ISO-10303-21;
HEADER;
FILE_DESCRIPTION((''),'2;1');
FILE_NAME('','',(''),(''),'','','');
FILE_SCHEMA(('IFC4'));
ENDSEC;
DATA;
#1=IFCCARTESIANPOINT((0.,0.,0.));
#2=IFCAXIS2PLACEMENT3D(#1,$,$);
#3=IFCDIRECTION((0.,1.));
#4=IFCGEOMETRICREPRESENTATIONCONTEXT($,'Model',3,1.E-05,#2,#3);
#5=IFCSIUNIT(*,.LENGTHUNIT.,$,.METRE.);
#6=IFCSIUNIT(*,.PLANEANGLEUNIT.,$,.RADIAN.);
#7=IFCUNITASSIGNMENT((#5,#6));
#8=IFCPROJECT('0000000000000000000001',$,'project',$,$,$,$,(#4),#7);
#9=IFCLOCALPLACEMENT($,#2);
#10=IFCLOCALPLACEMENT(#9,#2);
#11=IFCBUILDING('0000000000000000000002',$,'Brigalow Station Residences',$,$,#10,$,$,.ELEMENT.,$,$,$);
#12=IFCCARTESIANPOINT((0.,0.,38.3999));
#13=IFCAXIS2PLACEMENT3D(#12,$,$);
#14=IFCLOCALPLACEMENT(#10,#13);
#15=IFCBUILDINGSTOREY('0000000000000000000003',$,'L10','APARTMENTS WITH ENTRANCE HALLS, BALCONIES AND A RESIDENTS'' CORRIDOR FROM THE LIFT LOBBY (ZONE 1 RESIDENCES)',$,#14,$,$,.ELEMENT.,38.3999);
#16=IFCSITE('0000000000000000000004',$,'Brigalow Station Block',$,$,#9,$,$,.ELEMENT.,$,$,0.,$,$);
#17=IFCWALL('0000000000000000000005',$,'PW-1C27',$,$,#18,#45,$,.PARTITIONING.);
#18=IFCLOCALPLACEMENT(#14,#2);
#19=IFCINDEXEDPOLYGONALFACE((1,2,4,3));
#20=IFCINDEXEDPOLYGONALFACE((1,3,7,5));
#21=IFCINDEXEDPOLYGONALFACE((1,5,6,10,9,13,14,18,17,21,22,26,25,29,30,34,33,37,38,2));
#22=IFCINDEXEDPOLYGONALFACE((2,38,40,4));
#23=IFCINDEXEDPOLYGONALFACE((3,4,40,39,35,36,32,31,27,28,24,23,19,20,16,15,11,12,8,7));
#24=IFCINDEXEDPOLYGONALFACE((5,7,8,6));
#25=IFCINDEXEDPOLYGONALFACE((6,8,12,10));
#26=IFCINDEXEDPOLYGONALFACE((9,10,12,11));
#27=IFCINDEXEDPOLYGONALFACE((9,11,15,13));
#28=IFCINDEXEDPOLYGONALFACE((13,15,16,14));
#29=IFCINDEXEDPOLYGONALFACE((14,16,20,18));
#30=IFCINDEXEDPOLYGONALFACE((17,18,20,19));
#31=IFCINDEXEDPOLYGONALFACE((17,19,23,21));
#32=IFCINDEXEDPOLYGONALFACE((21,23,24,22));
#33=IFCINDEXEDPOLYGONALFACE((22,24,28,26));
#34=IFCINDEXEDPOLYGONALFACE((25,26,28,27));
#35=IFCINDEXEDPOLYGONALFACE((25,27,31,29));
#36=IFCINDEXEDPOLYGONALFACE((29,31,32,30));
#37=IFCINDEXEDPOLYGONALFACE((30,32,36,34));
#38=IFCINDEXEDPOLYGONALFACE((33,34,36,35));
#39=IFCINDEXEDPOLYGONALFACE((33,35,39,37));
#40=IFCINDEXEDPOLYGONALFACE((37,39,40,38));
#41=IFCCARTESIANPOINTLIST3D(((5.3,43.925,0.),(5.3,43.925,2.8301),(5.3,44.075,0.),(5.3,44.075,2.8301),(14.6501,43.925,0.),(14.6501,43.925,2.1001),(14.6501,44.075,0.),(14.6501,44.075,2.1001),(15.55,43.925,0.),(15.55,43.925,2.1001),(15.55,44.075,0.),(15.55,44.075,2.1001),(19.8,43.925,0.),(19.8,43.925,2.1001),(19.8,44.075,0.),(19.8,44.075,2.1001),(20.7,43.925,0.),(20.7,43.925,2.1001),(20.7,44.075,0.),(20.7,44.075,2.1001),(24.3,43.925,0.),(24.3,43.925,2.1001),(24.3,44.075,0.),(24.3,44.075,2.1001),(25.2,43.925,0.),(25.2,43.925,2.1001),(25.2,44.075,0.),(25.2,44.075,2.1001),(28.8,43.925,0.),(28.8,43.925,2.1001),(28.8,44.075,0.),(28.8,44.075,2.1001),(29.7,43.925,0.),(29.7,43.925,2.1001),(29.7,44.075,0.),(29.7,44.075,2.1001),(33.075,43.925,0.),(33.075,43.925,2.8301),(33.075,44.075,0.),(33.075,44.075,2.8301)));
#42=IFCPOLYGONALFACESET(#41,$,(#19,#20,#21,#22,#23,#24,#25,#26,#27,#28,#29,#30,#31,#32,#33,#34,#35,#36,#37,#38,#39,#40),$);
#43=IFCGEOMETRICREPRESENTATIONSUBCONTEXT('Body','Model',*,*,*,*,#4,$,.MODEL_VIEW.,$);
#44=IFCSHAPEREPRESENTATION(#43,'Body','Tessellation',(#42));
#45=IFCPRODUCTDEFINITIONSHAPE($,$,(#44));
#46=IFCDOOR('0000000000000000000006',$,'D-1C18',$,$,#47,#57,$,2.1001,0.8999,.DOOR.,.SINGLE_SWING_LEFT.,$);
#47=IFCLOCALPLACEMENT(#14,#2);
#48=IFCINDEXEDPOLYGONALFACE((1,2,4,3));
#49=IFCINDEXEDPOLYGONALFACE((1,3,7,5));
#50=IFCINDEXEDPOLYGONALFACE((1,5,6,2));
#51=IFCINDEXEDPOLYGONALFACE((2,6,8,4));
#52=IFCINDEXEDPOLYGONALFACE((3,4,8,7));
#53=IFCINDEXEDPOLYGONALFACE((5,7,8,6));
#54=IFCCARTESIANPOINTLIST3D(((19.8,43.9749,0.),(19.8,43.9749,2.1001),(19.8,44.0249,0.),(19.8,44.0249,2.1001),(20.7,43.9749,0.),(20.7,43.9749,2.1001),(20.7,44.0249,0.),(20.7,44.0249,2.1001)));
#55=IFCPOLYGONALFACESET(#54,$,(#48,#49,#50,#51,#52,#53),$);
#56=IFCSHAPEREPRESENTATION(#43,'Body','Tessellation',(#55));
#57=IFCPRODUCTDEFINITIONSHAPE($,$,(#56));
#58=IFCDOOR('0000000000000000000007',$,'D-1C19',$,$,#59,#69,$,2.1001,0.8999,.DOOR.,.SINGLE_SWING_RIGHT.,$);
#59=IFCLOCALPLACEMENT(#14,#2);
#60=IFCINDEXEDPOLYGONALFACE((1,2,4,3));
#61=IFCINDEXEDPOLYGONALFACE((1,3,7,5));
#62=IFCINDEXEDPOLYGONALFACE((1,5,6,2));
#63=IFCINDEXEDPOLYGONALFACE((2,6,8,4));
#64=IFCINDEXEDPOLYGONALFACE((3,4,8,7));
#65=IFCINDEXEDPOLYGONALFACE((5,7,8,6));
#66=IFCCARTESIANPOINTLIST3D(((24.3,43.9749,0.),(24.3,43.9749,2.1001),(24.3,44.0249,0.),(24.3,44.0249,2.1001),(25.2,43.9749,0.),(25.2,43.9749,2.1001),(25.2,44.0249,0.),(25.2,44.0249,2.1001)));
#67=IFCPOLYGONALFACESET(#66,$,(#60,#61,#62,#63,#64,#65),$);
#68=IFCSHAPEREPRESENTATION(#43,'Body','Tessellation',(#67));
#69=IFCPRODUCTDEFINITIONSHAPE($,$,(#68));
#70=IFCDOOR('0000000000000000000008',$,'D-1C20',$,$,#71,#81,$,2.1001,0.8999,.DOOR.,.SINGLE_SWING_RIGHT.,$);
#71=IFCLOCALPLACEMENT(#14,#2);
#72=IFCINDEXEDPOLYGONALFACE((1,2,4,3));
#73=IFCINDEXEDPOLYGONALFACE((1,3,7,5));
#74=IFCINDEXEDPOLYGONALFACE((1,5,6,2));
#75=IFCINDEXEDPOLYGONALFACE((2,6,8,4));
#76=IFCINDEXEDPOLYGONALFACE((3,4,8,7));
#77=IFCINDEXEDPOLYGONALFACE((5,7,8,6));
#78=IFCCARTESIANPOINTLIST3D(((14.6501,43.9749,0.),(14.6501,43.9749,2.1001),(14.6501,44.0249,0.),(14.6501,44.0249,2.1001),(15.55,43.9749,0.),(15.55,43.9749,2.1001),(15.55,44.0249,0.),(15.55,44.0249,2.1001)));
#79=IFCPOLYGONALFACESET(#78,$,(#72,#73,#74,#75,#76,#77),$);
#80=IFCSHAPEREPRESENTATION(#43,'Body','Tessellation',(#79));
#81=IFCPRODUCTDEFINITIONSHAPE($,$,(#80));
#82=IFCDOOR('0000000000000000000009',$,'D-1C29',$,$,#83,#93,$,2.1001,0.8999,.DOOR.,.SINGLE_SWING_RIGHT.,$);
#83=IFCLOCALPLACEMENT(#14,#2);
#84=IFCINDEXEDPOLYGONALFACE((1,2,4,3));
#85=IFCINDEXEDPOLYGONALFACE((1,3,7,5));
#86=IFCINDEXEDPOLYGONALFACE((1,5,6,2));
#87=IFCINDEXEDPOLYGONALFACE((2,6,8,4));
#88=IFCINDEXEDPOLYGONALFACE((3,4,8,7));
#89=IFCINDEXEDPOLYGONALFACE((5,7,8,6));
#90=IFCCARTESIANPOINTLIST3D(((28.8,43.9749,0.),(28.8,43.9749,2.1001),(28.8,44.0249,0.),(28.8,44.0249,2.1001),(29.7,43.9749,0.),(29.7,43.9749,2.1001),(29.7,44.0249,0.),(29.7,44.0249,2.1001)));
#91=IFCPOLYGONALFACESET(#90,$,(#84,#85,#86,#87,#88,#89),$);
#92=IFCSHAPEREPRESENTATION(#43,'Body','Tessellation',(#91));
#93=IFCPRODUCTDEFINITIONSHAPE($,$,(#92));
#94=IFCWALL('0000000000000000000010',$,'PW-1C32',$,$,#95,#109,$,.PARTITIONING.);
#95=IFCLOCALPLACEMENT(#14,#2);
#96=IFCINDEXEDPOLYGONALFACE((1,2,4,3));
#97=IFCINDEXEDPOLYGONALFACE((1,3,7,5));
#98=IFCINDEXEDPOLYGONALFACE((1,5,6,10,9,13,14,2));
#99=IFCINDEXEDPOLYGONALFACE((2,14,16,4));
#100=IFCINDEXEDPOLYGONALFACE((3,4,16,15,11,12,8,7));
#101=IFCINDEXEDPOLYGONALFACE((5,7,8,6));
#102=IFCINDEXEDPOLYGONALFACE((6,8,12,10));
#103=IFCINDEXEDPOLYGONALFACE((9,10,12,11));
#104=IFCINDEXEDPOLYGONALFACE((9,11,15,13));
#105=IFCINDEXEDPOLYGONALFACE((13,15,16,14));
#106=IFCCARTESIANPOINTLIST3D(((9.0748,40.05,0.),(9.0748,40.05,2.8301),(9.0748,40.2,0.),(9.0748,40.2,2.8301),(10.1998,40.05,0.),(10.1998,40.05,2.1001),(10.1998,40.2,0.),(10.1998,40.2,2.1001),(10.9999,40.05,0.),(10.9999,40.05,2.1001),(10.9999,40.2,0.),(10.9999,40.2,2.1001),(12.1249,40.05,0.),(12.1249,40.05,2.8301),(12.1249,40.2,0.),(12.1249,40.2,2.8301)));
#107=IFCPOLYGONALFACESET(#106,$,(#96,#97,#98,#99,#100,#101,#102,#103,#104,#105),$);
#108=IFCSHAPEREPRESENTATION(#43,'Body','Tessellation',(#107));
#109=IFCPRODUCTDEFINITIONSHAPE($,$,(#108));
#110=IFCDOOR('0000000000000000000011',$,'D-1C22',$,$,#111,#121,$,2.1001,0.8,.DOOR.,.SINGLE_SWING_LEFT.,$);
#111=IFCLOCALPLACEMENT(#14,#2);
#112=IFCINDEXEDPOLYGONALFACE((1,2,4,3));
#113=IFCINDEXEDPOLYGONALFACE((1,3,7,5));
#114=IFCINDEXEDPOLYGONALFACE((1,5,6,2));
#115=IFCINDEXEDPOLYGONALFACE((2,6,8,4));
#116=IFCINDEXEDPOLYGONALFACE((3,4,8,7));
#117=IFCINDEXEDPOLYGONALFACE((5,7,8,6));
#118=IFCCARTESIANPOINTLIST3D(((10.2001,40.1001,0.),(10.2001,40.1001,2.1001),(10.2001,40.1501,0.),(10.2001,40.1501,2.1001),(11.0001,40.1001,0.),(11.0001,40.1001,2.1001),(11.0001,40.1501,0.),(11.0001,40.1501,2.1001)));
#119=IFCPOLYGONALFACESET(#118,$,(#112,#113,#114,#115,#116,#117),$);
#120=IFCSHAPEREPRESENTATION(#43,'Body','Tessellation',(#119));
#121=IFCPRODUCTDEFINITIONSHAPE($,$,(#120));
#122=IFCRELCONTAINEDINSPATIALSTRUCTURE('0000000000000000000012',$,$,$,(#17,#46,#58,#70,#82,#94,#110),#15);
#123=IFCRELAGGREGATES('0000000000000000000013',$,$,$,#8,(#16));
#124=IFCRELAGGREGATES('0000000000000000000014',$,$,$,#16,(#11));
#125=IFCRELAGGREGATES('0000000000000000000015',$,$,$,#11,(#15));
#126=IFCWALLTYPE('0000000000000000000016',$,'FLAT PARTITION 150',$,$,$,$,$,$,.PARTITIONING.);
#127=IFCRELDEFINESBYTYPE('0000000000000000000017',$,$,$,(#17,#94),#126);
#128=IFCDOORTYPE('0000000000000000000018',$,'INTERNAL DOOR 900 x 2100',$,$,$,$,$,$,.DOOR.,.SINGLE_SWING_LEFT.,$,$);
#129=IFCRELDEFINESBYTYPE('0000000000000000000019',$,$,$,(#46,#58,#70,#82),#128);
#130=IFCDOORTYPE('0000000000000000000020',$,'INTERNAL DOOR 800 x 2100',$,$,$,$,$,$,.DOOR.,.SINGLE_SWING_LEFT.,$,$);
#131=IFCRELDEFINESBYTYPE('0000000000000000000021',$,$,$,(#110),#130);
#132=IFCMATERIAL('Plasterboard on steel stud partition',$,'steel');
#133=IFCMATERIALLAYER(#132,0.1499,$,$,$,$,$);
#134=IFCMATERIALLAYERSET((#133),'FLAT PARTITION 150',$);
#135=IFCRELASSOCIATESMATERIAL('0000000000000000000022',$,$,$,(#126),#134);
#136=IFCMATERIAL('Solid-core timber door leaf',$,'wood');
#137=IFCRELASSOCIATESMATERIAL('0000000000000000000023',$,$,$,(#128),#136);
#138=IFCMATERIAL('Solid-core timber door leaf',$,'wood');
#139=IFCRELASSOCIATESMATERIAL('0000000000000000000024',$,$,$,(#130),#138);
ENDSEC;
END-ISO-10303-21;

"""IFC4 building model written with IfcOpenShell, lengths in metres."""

from ifc_helpers import new_model, si_unit, direction, frame, frame_2d, origin, place, context, subcontext, project, spatial, rectangle, extrude, material, layer, layer_set, type_object, element, fill, save


model = new_model("IFC4")

# Units and contexts
model_context = context("Model", 3, precision=1e-05, world=origin(), true_north=direction((0.0, 1.0)))
body_context = subcontext(model_context, "Body", "Model", "MODEL_VIEW")
ifc_project = project(units=[si_unit("LENGTHUNIT", "METRE"), si_unit("PLANEANGLEUNIT", "RADIAN")], contexts=[model_context])

# Site, building, storey
site_placement = place(None, origin())
site = spatial("IfcSite", under=ifc_project, at=site_placement, Name="Brigalow Station Block", CompositionType="ELEMENT", RefElevation=0.0)
building_placement = place(site_placement, origin())
building = spatial("IfcBuilding", under=site, at=building_placement, Name="Brigalow Station Residences", CompositionType="ELEMENT")
storey_placement = place(building_placement, frame((0.0, 0.0, 38.3999)))
storey = spatial("IfcBuildingStorey", under=building, at=storey_placement, Name="L10", Description="APARTMENTS WITH ENTRANCE HALLS, BALCONIES AND A RESIDENTS' CORRIDOR FROM THE LIFT LOBBY (ZONE 1 RESIDENCES)", CompositionType="ELEMENT", Elevation=38.3999)

# Wall, openings, doors
ifc_material_1 = material(Name="Plasterboard on steel stud partition", Category="steel")
ifc_layer_1 = layer(ifc_material_1, 0.1499)
ifc_layer_set_1 = layer_set([ifc_layer_1], Name="FLAT PARTITION 150")
wall_type_1 = type_object("IfcWallType", Name="FLAT PARTITION 150", PredefinedType="PARTITIONING", material=ifc_layer_set_1)
wall_1_placement = place(storey_placement, frame((5.3, 44.0, 0.0), z_axis=(0.0, 0.0, 1.0), x_axis=(1.0, 0.0, 0.0)))
wall_1 = element("IfcWall", 1, at=wall_1_placement, inside=storey, type_object=wall_type_1, Name="PW-1C27", PredefinedType="PARTITIONING", context=body_context, shape_type="SweptSolid", body=[
    extrude(rectangle(XDim=27.7749, YDim=0.1499, at=frame_2d((13.8875, 0.0))), origin(), (0.0, 0.0, 1.0), 2.8301),
])
opening_1_placement = place(wall_1_placement, frame((14.5, 0.0, 0.0)))
opening_1 = element("IfcOpeningElement", 2, at=opening_1_placement, cuts=wall_1, PredefinedType="OPENING", context=body_context, shape_type="SweptSolid", body=[
    extrude(rectangle(XDim=0.8999, YDim=2.1001, at=frame_2d((0.45, 1.05))), frame((0.0, 0.085, 0.0), z_axis=(0.0, -1.0, 0.0), x_axis=(1.0, 0.0, 0.0)), (0.0, 0.0, 1.0), 0.1699),
])
opening_2_placement = place(wall_1_placement, frame((19.0, 0.0, 0.0)))
opening_2 = element("IfcOpeningElement", 3, at=opening_2_placement, cuts=wall_1, PredefinedType="OPENING", context=body_context, shape_type="SweptSolid", body=[
    extrude(rectangle(XDim=0.8999, YDim=2.1001, at=frame_2d((0.45, 1.05))), frame((0.0, 0.085, 0.0), z_axis=(0.0, -1.0, 0.0), x_axis=(1.0, 0.0, 0.0)), (0.0, 0.0, 1.0), 0.1699),
])
opening_3_placement = place(wall_1_placement, frame((9.3501, 0.0, 0.0)))
opening_3 = element("IfcOpeningElement", 4, at=opening_3_placement, cuts=wall_1, PredefinedType="OPENING", context=body_context, shape_type="SweptSolid", body=[
    extrude(rectangle(XDim=0.8999, YDim=2.1001, at=frame_2d((0.45, 1.05))), frame((0.0, 0.085, 0.0), z_axis=(0.0, -1.0, 0.0), x_axis=(1.0, 0.0, 0.0)), (0.0, 0.0, 1.0), 0.1699),
])
opening_4_placement = place(wall_1_placement, frame((23.5, 0.0, 0.0)))
opening_4 = element("IfcOpeningElement", 5, at=opening_4_placement, cuts=wall_1, PredefinedType="OPENING", context=body_context, shape_type="SweptSolid", body=[
    extrude(rectangle(XDim=0.8999, YDim=2.1001, at=frame_2d((0.45, 1.05))), frame((0.0, 0.085, 0.0), z_axis=(0.0, -1.0, 0.0), x_axis=(1.0, 0.0, 0.0)), (0.0, 0.0, 1.0), 0.1699),
])
ifc_material_2 = material(Name="Solid-core timber door leaf", Category="wood")
door_type_1 = type_object("IfcDoorType", Name="INTERNAL DOOR 900 x 2100", OperationType="SINGLE_SWING_LEFT", PredefinedType="DOOR", material=ifc_material_2)
door_1_placement = place(opening_1_placement, origin())
door_1 = element("IfcDoor", 6, at=door_1_placement, inside=storey, type_object=door_type_1, Name="D-1C18", OperationType="SINGLE_SWING_LEFT", OverallHeight=2.1001, OverallWidth=0.8999, PredefinedType="DOOR", context=body_context, shape_type="SweptSolid", body=[
    extrude(rectangle(XDim=0.8999, YDim=2.1001, at=frame_2d((0.45, 1.05))), frame((0.0, 0.0249, 0.0), z_axis=(0.0, -1.0, 0.0), x_axis=(1.0, 0.0, 0.0)), (0.0, 0.0, 1.0), 0.05),
])
fill(opening_1, door_1)
door_2_placement = place(opening_2_placement, origin())
door_2 = element("IfcDoor", 7, at=door_2_placement, inside=storey, type_object=door_type_1, Name="D-1C19", OperationType="SINGLE_SWING_RIGHT", OverallHeight=2.1001, OverallWidth=0.8999, PredefinedType="DOOR", context=body_context, shape_type="SweptSolid", body=[
    extrude(rectangle(XDim=0.8999, YDim=2.1001, at=frame_2d((0.45, 1.05))), frame((0.0, 0.0249, 0.0), z_axis=(0.0, -1.0, 0.0), x_axis=(1.0, 0.0, 0.0)), (0.0, 0.0, 1.0), 0.05),
])
fill(opening_2, door_2)
door_3_placement = place(opening_3_placement, origin())
door_3 = element("IfcDoor", 8, at=door_3_placement, inside=storey, type_object=door_type_1, Name="D-1C20", OperationType="SINGLE_SWING_RIGHT", OverallHeight=2.1001, OverallWidth=0.8999, PredefinedType="DOOR", context=body_context, shape_type="SweptSolid", body=[
    extrude(rectangle(XDim=0.8999, YDim=2.1001, at=frame_2d((0.45, 1.05))), frame((0.0, 0.0249, 0.0), z_axis=(0.0, -1.0, 0.0), x_axis=(1.0, 0.0, 0.0)), (0.0, 0.0, 1.0), 0.05),
])
fill(opening_3, door_3)
door_4_placement = place(opening_4_placement, origin())
door_4 = element("IfcDoor", 9, at=door_4_placement, inside=storey, type_object=door_type_1, Name="D-1C29", OperationType="SINGLE_SWING_RIGHT", OverallHeight=2.1001, OverallWidth=0.8999, PredefinedType="DOOR", context=body_context, shape_type="SweptSolid", body=[
    extrude(rectangle(XDim=0.8999, YDim=2.1001, at=frame_2d((0.45, 1.05))), frame((0.0, 0.0249, 0.0), z_axis=(0.0, -1.0, 0.0), x_axis=(1.0, 0.0, 0.0)), (0.0, 0.0, 1.0), 0.05),
])
fill(opening_4, door_4)

# Wall, opening, door
wall_2_placement = place(storey_placement, frame((9.075, 40.125, 0.0), z_axis=(0.0, 0.0, 1.0), x_axis=(1.0, 0.0, 0.0)))
wall_2 = element("IfcWall", 10, at=wall_2_placement, inside=storey, type_object=wall_type_1, Name="PW-1C32", PredefinedType="PARTITIONING", context=body_context, shape_type="SweptSolid", body=[
    extrude(rectangle(XDim=3.05, YDim=0.1499, at=frame_2d((1.5249, 0.0))), origin(), (0.0, 0.0, 1.0), 2.8301),
])
opening_5_placement = place(wall_2_placement, frame((1.125, 0.0, 0.0)))
opening_5 = element("IfcOpeningElement", 11, at=opening_5_placement, cuts=wall_2, PredefinedType="OPENING", context=body_context, shape_type="SweptSolid", body=[
    extrude(rectangle(XDim=0.8, YDim=2.1001, at=frame_2d((0.3999, 1.05))), frame((0.0, 0.085, 0.0), z_axis=(0.0, -1.0, 0.0), x_axis=(1.0, 0.0, 0.0)), (0.0, 0.0, 1.0), 0.1699),
])
ifc_material_3 = material(Name="Solid-core timber door leaf", Category="wood")
door_type_2 = type_object("IfcDoorType", Name="INTERNAL DOOR 800 x 2100", OperationType="SINGLE_SWING_LEFT", PredefinedType="DOOR", material=ifc_material_3)
door_5_placement = place(opening_5_placement, frame((0.8, 0.0, 0.0), z_axis=(0.0, 0.0, 1.0), x_axis=(-1.0, 0.0, 0.0)))
door_5 = element("IfcDoor", 12, at=door_5_placement, inside=storey, type_object=door_type_2, Name="D-1C22", OperationType="SINGLE_SWING_LEFT", OverallHeight=2.1001, OverallWidth=0.8, PredefinedType="DOOR", context=body_context, shape_type="SweptSolid", body=[
    extrude(rectangle(XDim=0.8, YDim=2.1001, at=frame_2d((0.3999, 1.05))), frame((0.0, 0.0249, 0.0), z_axis=(0.0, -1.0, 0.0), x_axis=(1.0, 0.0, 0.0)), (0.0, 0.0, 1.0), 0.05),
])
fill(opening_5, door_5)

save(model, "model.ifc")
